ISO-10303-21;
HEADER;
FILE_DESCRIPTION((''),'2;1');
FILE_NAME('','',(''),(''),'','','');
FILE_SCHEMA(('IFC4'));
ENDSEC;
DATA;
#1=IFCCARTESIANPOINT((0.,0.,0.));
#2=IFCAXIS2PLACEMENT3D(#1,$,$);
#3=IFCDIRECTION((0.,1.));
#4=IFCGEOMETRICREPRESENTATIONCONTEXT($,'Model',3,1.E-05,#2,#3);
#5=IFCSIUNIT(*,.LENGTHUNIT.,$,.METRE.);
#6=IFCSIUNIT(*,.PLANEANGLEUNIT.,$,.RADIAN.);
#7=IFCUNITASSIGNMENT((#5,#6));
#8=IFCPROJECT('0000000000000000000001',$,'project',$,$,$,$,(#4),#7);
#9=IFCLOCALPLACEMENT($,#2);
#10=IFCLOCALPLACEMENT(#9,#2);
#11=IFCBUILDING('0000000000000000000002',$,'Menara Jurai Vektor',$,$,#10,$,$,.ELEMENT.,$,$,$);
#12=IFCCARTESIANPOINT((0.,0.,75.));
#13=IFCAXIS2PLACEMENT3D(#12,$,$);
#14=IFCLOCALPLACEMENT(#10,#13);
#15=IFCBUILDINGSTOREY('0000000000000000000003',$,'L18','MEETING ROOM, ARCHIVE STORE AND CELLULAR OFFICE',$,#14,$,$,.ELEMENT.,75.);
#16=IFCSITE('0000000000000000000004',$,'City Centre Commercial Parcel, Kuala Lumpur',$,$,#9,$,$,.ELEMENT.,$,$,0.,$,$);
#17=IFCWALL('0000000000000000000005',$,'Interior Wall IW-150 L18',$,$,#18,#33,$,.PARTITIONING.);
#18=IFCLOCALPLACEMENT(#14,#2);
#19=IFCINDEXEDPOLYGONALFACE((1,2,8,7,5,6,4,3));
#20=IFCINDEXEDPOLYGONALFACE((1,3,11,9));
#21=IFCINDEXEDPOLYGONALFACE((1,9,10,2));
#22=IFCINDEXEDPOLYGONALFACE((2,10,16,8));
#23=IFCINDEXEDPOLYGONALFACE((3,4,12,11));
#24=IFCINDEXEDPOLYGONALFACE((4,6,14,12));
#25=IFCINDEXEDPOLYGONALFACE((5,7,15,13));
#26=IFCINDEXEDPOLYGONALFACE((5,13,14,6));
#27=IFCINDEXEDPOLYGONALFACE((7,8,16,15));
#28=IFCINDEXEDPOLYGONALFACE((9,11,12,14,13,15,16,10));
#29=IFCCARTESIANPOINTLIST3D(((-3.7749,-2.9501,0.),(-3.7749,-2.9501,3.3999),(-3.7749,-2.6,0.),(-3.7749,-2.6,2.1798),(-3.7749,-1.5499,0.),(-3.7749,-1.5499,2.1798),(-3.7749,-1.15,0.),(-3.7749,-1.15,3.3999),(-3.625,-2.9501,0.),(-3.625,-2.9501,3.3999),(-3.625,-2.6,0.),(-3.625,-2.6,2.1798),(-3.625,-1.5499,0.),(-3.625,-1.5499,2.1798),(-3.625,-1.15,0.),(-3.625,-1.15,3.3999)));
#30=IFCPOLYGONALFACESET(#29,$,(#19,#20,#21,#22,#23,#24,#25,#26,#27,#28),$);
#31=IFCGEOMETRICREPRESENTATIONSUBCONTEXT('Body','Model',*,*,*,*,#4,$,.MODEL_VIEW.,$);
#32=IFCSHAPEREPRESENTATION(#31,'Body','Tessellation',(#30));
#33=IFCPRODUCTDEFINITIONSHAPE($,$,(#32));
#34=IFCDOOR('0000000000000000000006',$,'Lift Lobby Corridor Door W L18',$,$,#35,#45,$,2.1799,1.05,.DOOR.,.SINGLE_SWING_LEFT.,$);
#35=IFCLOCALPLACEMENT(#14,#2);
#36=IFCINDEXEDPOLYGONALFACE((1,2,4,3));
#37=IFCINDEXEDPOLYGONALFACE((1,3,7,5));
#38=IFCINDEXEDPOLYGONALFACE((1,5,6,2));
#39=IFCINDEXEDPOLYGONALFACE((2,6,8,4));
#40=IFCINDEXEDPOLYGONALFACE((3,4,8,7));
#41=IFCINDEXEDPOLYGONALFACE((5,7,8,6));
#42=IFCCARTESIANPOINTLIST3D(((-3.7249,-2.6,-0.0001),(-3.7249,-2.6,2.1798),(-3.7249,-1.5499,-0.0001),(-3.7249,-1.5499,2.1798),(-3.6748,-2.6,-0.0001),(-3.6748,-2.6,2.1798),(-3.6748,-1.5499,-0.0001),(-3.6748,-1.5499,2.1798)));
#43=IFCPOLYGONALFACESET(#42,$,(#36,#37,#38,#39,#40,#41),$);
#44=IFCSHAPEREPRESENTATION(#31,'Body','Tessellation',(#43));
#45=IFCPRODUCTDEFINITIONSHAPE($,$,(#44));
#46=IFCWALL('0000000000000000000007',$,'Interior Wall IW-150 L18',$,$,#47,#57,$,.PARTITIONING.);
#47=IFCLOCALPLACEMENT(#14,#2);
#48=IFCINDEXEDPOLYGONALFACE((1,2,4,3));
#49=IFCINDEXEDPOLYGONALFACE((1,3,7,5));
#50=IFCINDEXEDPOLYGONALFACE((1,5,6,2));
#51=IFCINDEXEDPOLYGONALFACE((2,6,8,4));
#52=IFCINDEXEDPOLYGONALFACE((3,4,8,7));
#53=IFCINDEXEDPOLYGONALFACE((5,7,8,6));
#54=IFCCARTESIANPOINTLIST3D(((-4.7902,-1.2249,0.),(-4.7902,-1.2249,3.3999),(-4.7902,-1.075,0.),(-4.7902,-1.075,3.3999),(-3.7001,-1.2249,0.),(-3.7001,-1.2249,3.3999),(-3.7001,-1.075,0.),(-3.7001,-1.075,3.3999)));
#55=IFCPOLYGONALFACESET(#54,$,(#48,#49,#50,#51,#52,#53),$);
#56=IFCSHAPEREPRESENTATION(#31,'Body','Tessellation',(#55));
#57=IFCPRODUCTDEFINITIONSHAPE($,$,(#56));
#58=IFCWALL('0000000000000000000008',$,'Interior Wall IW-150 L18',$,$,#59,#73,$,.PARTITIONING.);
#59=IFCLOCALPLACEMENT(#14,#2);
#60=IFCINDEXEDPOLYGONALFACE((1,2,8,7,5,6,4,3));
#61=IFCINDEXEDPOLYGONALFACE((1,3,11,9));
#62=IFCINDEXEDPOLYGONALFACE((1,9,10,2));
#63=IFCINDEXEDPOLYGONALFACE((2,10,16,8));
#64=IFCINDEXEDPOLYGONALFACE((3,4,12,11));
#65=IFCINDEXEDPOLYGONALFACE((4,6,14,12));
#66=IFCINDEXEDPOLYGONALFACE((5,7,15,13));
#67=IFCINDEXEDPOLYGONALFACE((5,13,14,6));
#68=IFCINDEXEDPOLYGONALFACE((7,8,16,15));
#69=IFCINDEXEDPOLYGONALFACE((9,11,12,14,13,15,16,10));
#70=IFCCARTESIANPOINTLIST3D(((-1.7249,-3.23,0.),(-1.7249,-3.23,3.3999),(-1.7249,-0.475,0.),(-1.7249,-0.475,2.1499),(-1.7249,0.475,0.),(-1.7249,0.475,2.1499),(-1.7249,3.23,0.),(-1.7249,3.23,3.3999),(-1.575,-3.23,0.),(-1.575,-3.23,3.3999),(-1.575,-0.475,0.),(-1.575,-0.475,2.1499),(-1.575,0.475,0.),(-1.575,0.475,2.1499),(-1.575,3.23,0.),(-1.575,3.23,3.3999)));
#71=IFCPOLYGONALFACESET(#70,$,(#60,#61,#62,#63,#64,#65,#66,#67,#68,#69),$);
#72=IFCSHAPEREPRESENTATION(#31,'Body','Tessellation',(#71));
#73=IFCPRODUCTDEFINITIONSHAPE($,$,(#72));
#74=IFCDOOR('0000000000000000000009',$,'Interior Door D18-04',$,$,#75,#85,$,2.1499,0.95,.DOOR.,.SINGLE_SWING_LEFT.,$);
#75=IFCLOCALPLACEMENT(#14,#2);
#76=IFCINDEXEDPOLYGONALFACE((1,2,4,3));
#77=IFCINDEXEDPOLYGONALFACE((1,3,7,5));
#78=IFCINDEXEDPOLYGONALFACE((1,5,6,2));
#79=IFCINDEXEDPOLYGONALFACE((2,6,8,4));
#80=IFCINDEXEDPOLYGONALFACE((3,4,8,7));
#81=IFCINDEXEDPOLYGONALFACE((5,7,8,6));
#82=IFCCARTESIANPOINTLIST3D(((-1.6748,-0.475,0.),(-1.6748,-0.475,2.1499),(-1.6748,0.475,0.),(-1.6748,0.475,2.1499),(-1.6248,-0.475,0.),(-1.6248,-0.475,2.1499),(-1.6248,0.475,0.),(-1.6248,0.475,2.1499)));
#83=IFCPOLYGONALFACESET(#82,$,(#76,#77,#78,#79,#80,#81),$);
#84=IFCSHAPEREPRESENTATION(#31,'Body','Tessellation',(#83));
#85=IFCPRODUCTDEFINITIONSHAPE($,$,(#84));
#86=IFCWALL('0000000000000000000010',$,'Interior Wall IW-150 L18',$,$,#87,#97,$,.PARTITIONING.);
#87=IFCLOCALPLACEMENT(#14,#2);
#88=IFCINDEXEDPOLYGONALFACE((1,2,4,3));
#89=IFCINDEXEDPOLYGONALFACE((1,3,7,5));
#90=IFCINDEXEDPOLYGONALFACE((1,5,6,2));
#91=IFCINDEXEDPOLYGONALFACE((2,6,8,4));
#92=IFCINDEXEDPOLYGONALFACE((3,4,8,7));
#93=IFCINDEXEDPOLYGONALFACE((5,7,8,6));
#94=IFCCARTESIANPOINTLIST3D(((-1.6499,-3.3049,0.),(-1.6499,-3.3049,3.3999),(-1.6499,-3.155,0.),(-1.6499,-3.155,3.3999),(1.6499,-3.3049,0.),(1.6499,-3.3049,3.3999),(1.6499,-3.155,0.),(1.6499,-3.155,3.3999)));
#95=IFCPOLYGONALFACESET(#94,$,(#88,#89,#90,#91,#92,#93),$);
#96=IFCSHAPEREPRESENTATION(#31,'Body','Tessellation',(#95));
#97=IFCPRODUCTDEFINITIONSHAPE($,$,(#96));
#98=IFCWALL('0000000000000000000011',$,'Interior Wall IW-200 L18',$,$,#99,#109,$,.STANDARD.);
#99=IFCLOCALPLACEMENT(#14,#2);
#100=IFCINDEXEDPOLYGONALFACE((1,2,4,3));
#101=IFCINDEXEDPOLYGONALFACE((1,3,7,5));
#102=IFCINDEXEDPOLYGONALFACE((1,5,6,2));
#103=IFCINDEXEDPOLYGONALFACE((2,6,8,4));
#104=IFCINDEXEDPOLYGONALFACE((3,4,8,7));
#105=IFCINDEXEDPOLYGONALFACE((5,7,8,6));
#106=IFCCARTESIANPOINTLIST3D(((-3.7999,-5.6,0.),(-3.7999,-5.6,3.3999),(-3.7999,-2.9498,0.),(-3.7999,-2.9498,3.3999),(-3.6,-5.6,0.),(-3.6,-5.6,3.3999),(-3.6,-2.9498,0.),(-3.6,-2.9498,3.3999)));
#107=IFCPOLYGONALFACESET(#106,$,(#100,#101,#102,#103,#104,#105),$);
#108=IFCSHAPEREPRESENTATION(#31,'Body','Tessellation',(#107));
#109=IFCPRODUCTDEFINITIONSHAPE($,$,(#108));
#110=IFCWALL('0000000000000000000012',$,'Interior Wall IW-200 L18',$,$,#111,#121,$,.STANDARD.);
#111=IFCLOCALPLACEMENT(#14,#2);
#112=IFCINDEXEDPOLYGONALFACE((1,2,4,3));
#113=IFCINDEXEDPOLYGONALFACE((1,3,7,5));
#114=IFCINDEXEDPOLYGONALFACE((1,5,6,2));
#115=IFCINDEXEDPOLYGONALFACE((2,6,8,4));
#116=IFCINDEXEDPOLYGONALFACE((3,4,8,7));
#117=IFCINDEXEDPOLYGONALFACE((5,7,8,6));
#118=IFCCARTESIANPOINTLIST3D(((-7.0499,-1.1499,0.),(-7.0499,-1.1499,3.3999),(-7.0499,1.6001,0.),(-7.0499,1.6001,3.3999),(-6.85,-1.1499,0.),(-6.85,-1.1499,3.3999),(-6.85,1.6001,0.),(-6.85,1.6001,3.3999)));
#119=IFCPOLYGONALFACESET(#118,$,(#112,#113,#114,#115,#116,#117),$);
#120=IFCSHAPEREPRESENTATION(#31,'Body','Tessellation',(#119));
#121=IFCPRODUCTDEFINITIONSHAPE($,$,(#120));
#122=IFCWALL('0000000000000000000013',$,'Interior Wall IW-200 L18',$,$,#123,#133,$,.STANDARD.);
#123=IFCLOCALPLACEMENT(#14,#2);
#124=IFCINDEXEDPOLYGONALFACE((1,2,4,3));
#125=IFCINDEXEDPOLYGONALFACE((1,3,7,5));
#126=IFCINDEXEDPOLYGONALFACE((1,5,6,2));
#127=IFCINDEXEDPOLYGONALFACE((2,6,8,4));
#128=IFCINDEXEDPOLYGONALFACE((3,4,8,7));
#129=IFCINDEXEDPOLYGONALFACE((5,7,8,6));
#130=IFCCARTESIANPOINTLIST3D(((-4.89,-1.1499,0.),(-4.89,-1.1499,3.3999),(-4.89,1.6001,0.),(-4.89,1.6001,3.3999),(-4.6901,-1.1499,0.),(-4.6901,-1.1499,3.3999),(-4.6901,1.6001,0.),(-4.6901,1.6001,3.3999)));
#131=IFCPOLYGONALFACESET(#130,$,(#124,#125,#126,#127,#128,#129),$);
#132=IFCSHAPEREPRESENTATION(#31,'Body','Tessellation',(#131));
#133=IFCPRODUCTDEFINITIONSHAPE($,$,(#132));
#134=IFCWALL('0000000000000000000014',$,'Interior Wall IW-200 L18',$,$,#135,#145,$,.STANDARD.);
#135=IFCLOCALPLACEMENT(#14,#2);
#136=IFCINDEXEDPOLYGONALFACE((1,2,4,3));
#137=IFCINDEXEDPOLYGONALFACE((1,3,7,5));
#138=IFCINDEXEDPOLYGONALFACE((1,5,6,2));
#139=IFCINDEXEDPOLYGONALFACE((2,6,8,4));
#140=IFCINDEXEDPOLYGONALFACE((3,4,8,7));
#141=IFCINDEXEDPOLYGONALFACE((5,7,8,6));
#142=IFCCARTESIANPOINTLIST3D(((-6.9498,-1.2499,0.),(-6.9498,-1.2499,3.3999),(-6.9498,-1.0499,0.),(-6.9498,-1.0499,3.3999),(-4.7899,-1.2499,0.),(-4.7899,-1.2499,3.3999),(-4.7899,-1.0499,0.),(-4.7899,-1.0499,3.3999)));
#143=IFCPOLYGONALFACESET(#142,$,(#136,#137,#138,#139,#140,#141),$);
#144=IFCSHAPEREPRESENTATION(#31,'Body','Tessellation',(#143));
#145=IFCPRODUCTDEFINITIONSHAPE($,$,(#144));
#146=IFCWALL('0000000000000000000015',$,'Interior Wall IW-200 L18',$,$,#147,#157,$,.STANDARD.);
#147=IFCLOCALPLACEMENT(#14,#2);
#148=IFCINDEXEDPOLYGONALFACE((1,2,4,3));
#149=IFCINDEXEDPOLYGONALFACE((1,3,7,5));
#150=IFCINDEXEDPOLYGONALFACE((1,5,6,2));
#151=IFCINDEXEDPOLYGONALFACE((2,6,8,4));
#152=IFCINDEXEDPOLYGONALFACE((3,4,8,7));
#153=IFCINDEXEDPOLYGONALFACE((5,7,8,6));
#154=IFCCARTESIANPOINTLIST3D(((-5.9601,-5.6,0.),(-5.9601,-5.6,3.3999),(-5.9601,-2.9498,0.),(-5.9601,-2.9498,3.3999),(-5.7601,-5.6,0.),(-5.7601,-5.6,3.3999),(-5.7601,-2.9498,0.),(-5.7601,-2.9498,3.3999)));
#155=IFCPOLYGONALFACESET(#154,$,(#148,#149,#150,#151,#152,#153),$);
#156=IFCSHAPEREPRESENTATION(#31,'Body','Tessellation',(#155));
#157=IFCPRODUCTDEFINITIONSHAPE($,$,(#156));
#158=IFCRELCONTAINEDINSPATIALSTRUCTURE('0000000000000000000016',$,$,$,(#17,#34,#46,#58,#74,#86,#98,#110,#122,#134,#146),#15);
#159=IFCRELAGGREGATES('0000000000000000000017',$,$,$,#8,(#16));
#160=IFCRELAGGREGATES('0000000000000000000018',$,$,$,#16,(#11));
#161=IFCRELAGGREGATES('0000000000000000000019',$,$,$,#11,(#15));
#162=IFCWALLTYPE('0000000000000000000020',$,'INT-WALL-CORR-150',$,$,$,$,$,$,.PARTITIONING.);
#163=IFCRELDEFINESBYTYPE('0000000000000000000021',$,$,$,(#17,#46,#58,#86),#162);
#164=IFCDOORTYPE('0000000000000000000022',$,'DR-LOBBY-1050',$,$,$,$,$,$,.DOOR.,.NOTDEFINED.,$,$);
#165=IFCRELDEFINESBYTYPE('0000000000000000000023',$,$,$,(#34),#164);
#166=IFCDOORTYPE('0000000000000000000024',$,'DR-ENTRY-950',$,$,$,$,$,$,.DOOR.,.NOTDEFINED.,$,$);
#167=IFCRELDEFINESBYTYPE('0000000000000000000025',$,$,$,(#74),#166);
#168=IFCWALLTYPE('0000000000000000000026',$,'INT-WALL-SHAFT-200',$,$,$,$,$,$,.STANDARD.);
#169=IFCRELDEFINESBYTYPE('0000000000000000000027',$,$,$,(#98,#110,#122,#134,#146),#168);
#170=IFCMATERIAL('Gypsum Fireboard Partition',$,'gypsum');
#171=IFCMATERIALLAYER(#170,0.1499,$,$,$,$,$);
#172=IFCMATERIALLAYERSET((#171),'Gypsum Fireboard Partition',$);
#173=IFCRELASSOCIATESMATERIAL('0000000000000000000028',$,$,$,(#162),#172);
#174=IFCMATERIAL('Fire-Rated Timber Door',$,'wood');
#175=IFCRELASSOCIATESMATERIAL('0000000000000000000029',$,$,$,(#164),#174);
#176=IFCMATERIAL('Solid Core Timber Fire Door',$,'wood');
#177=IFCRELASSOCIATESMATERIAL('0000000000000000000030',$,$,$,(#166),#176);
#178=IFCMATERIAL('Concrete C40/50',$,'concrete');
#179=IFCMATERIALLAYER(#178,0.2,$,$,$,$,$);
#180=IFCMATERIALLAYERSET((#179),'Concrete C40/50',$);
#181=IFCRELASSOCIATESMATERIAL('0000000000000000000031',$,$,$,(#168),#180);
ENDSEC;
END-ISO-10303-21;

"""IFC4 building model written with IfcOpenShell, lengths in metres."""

from ifc_helpers import new_model, si_unit, direction, frame, frame_2d, origin, place, context, subcontext, project, spatial, rectangle, extrude, material, layer, layer_set, type_object, element, fill, save


model = new_model("IFC4")

# Units and contexts
model_context = context("Model", 3, precision=1e-05, world=origin(), true_north=direction((0.0, 1.0)))
body_context = subcontext(model_context, "Body", "Model", "MODEL_VIEW")
ifc_project = project(units=[si_unit("LENGTHUNIT", "METRE"), si_unit("PLANEANGLEUNIT", "RADIAN")], contexts=[model_context])

# Site, building, storey
site_placement = place(None, origin())
site = spatial("IfcSite", under=ifc_project, at=site_placement, Name="City Centre Commercial Parcel, Kuala Lumpur", CompositionType="ELEMENT", RefElevation=0.0)
building_placement = place(site_placement, origin())
building = spatial("IfcBuilding", under=site, at=building_placement, Name="Menara Jurai Vektor", CompositionType="ELEMENT")
storey_placement = place(building_placement, frame((0.0, 0.0, 75.0)))
storey = spatial("IfcBuildingStorey", under=building, at=storey_placement, Name="L18", Description="MEETING ROOM, ARCHIVE STORE AND CELLULAR OFFICE", CompositionType="ELEMENT", Elevation=75.0)

# Shared definitions
ifc_material_1 = material(Name="Concrete C40/50", Category="concrete")

# Wall, opening, door
ifc_material_2 = material(Name="Gypsum Fireboard Partition", Category="gypsum")
ifc_layer_1 = layer(ifc_material_2, 0.1499)
ifc_layer_set_1 = layer_set([ifc_layer_1], Name="Gypsum Fireboard Partition")
wall_type_1 = type_object("IfcWallType", Name="INT-WALL-CORR-150", PredefinedType="PARTITIONING", material=ifc_layer_set_1)
wall_1_placement = place(storey_placement, frame((-3.7, -2.95, 0.0), z_axis=(0.0, 0.0, 1.0), x_axis=(0.0, 1.0, 0.0)))
wall_1 = element("IfcWall", 1, at=wall_1_placement, inside=storey, type_object=wall_type_1, Name="Interior Wall IW-150 L18", PredefinedType="PARTITIONING", context=body_context, shape_type="SweptSolid", body=[
    extrude(rectangle(XDim=1.8, YDim=0.1499, at=frame_2d((0.8999, 0.0))), origin(), (0.0, 0.0, 1.0), 3.3999),
])
opening_1_placement = place(wall_1_placement, frame((0.3501, 0.0, 0.0)))
opening_1 = element("IfcOpeningElement", 2, at=opening_1_placement, cuts=wall_1, PredefinedType="OPENING", context=body_context, shape_type="SweptSolid", body=[
    extrude(rectangle(XDim=1.05, YDim=2.1799, at=frame_2d((0.5249, 1.0898))), frame((0.0, 0.085, 0.0), z_axis=(0.0, -1.0, 0.0), x_axis=(1.0, 0.0, 0.0)), (0.0, 0.0, 1.0), 0.1699),
])
ifc_material_3 = material(Name="Fire-Rated Timber Door", Category="wood")
door_type_1 = type_object("IfcDoorType", Name="DR-LOBBY-1050", OperationType="NOTDEFINED", PredefinedType="DOOR", material=ifc_material_3)
door_1_placement = place(opening_1_placement, origin())
door_1 = element("IfcDoor", 3, at=door_1_placement, inside=storey, type_object=door_type_1, Name="Lift Lobby Corridor Door W L18", OperationType="SINGLE_SWING_LEFT", OverallHeight=2.1799, OverallWidth=1.05, PredefinedType="DOOR", context=body_context, shape_type="SweptSolid", body=[
    extrude(rectangle(XDim=1.05, YDim=2.1799, at=frame_2d((0.5249, 1.0898))), frame((0.0, 0.0249, 0.0), z_axis=(0.0, -1.0, 0.0), x_axis=(1.0, 0.0, 0.0)), (0.0, 0.0, 1.0), 0.05),
])
fill(opening_1, door_1)

# Wall
wall_2_placement = place(storey_placement, frame((-4.79, -1.1499, 0.0), z_axis=(0.0, 0.0, 1.0), x_axis=(1.0, 0.0, 0.0)))
element("IfcWall", 4, at=wall_2_placement, inside=storey, type_object=wall_type_1, Name="Interior Wall IW-150 L18", PredefinedType="PARTITIONING", context=body_context, shape_type="SweptSolid", body=[
    extrude(rectangle(XDim=1.0901, YDim=0.1499, at=frame_2d((0.5449, 0.0))), origin(), (0.0, 0.0, 1.0), 3.3999),
])

# Wall, opening, door
wall_3_placement = place(storey_placement, frame((-1.6499, -3.23, 0.0), z_axis=(0.0, 0.0, 1.0), x_axis=(0.0, 1.0, 0.0)))
wall_3 = element("IfcWall", 5, at=wall_3_placement, inside=storey, type_object=wall_type_1, Name="Interior Wall IW-150 L18", PredefinedType="PARTITIONING", context=body_context, shape_type="SweptSolid", body=[
    extrude(rectangle(XDim=6.46, YDim=0.1499, at=frame_2d((3.23, 0.0))), origin(), (0.0, 0.0, 1.0), 3.3999),
])
opening_2_placement = place(wall_3_placement, frame((2.7549, 0.0, 0.0)))
opening_2 = element("IfcOpeningElement", 6, at=opening_2_placement, cuts=wall_3, PredefinedType="OPENING", context=body_context, shape_type="SweptSolid", body=[
    extrude(rectangle(XDim=0.95, YDim=2.1499, at=frame_2d((0.4751, 1.075))), frame((0.0, 0.085, 0.0), z_axis=(0.0, -1.0, 0.0), x_axis=(1.0, 0.0, 0.0)), (0.0, 0.0, 1.0), 0.1699),
])
ifc_material_4 = material(Name="Solid Core Timber Fire Door", Category="wood")
door_type_2 = type_object("IfcDoorType", Name="DR-ENTRY-950", OperationType="NOTDEFINED", PredefinedType="DOOR", material=ifc_material_4)
door_2_placement = place(opening_2_placement, origin())
door_2 = element("IfcDoor", 7, at=door_2_placement, inside=storey, type_object=door_type_2, Name="Interior Door D18-04", OperationType="SINGLE_SWING_LEFT", OverallHeight=2.1499, OverallWidth=0.95, PredefinedType="DOOR", context=body_context, shape_type="SweptSolid", body=[
    extrude(rectangle(XDim=0.95, YDim=2.1499, at=frame_2d((0.4751, 1.075))), frame((0.0, 0.0249, 0.0), z_axis=(0.0, -1.0, 0.0), x_axis=(1.0, 0.0, 0.0)), (0.0, 0.0, 1.0), 0.05),
])
fill(opening_2, door_2)

# Wall
wall_4_placement = place(storey_placement, frame((-1.6499, -3.23, 0.0), z_axis=(0.0, 0.0, 1.0), x_axis=(1.0, 0.0, 0.0)))
element("IfcWall", 8, at=wall_4_placement, inside=storey, type_object=wall_type_1, Name="Interior Wall IW-150 L18", PredefinedType="PARTITIONING", context=body_context, shape_type="SweptSolid", body=[
    extrude(rectangle(XDim=3.2998, YDim=0.1499, at=frame_2d((1.6499, 0.0))), origin(), (0.0, 0.0, 1.0), 3.3999),
])

# Shared definitions
ifc_layer_2 = layer(ifc_material_1, 0.2)
ifc_layer_set_2 = layer_set([ifc_layer_2], Name="Concrete C40/50")
wall_type_2 = type_object("IfcWallType", Name="INT-WALL-SHAFT-200", PredefinedType="STANDARD", material=ifc_layer_set_2)

# Walls
wall_5_placement = place(storey_placement, frame((-3.7, -5.6001, 0.0), z_axis=(0.0, 0.0, 1.0), x_axis=(0.0, 1.0, 0.0)))
element("IfcWall", 9, at=wall_5_placement, inside=storey, type_object=wall_type_2, Name="Interior Wall IW-200 L18", PredefinedType="STANDARD", context=body_context, shape_type="SweptSolid", body=[
    extrude(rectangle(XDim=2.6501, YDim=0.2, at=frame_2d((1.3252, 0.0))), origin(), (0.0, 0.0, 1.0), 3.3999),
])
for number, where, z_axis, x_axis, name in (
    (10, (-6.95, -1.1499, 0.0), (0.0, 0.0, 1.0), (0.0, 1.0, 0.0), "Interior Wall IW-200 L18"),
    (11, (-4.79, -1.1499, 0.0), (0.0, 0.0, 1.0), (0.0, 1.0, 0.0), "Interior Wall IW-200 L18"),
):
    element("IfcWall", number, at=place(storey_placement, frame(where, z_axis=z_axis, x_axis=x_axis)), inside=storey, type_object=wall_type_2, Name=name, PredefinedType="STANDARD", context=body_context, shape_type="SweptSolid", body=[
        extrude(rectangle(XDim=2.75, YDim=0.2, at=frame_2d((1.375, 0.0))), origin(), (0.0, 0.0, 1.0), 3.3999),
    ])
wall_6_placement = place(storey_placement, frame((-6.95, -1.1499, 0.0), z_axis=(0.0, 0.0, 1.0), x_axis=(1.0, 0.0, 0.0)))
element("IfcWall", 12, at=wall_6_placement, inside=storey, type_object=wall_type_2, Name="Interior Wall IW-200 L18", PredefinedType="STANDARD", context=body_context, shape_type="SweptSolid", body=[
    extrude(rectangle(XDim=2.1599, YDim=0.2, at=frame_2d((1.0801, 0.0))), origin(), (0.0, 0.0, 1.0), 3.3999),
])
wall_7_placement = place(storey_placement, frame((-5.8601, -5.6001, 0.0), z_axis=(0.0, 0.0, 1.0), x_axis=(0.0, 1.0, 0.0)))
element("IfcWall", 13, at=wall_7_placement, inside=storey, type_object=wall_type_2, Name="Interior Wall IW-200 L18", PredefinedType="STANDARD", context=body_context, shape_type="SweptSolid", body=[
    extrude(rectangle(XDim=2.6501, YDim=0.2, at=frame_2d((1.3252, 0.0))), origin(), (0.0, 0.0, 1.0), 3.3999),
])

save(model, "model.ifc")
